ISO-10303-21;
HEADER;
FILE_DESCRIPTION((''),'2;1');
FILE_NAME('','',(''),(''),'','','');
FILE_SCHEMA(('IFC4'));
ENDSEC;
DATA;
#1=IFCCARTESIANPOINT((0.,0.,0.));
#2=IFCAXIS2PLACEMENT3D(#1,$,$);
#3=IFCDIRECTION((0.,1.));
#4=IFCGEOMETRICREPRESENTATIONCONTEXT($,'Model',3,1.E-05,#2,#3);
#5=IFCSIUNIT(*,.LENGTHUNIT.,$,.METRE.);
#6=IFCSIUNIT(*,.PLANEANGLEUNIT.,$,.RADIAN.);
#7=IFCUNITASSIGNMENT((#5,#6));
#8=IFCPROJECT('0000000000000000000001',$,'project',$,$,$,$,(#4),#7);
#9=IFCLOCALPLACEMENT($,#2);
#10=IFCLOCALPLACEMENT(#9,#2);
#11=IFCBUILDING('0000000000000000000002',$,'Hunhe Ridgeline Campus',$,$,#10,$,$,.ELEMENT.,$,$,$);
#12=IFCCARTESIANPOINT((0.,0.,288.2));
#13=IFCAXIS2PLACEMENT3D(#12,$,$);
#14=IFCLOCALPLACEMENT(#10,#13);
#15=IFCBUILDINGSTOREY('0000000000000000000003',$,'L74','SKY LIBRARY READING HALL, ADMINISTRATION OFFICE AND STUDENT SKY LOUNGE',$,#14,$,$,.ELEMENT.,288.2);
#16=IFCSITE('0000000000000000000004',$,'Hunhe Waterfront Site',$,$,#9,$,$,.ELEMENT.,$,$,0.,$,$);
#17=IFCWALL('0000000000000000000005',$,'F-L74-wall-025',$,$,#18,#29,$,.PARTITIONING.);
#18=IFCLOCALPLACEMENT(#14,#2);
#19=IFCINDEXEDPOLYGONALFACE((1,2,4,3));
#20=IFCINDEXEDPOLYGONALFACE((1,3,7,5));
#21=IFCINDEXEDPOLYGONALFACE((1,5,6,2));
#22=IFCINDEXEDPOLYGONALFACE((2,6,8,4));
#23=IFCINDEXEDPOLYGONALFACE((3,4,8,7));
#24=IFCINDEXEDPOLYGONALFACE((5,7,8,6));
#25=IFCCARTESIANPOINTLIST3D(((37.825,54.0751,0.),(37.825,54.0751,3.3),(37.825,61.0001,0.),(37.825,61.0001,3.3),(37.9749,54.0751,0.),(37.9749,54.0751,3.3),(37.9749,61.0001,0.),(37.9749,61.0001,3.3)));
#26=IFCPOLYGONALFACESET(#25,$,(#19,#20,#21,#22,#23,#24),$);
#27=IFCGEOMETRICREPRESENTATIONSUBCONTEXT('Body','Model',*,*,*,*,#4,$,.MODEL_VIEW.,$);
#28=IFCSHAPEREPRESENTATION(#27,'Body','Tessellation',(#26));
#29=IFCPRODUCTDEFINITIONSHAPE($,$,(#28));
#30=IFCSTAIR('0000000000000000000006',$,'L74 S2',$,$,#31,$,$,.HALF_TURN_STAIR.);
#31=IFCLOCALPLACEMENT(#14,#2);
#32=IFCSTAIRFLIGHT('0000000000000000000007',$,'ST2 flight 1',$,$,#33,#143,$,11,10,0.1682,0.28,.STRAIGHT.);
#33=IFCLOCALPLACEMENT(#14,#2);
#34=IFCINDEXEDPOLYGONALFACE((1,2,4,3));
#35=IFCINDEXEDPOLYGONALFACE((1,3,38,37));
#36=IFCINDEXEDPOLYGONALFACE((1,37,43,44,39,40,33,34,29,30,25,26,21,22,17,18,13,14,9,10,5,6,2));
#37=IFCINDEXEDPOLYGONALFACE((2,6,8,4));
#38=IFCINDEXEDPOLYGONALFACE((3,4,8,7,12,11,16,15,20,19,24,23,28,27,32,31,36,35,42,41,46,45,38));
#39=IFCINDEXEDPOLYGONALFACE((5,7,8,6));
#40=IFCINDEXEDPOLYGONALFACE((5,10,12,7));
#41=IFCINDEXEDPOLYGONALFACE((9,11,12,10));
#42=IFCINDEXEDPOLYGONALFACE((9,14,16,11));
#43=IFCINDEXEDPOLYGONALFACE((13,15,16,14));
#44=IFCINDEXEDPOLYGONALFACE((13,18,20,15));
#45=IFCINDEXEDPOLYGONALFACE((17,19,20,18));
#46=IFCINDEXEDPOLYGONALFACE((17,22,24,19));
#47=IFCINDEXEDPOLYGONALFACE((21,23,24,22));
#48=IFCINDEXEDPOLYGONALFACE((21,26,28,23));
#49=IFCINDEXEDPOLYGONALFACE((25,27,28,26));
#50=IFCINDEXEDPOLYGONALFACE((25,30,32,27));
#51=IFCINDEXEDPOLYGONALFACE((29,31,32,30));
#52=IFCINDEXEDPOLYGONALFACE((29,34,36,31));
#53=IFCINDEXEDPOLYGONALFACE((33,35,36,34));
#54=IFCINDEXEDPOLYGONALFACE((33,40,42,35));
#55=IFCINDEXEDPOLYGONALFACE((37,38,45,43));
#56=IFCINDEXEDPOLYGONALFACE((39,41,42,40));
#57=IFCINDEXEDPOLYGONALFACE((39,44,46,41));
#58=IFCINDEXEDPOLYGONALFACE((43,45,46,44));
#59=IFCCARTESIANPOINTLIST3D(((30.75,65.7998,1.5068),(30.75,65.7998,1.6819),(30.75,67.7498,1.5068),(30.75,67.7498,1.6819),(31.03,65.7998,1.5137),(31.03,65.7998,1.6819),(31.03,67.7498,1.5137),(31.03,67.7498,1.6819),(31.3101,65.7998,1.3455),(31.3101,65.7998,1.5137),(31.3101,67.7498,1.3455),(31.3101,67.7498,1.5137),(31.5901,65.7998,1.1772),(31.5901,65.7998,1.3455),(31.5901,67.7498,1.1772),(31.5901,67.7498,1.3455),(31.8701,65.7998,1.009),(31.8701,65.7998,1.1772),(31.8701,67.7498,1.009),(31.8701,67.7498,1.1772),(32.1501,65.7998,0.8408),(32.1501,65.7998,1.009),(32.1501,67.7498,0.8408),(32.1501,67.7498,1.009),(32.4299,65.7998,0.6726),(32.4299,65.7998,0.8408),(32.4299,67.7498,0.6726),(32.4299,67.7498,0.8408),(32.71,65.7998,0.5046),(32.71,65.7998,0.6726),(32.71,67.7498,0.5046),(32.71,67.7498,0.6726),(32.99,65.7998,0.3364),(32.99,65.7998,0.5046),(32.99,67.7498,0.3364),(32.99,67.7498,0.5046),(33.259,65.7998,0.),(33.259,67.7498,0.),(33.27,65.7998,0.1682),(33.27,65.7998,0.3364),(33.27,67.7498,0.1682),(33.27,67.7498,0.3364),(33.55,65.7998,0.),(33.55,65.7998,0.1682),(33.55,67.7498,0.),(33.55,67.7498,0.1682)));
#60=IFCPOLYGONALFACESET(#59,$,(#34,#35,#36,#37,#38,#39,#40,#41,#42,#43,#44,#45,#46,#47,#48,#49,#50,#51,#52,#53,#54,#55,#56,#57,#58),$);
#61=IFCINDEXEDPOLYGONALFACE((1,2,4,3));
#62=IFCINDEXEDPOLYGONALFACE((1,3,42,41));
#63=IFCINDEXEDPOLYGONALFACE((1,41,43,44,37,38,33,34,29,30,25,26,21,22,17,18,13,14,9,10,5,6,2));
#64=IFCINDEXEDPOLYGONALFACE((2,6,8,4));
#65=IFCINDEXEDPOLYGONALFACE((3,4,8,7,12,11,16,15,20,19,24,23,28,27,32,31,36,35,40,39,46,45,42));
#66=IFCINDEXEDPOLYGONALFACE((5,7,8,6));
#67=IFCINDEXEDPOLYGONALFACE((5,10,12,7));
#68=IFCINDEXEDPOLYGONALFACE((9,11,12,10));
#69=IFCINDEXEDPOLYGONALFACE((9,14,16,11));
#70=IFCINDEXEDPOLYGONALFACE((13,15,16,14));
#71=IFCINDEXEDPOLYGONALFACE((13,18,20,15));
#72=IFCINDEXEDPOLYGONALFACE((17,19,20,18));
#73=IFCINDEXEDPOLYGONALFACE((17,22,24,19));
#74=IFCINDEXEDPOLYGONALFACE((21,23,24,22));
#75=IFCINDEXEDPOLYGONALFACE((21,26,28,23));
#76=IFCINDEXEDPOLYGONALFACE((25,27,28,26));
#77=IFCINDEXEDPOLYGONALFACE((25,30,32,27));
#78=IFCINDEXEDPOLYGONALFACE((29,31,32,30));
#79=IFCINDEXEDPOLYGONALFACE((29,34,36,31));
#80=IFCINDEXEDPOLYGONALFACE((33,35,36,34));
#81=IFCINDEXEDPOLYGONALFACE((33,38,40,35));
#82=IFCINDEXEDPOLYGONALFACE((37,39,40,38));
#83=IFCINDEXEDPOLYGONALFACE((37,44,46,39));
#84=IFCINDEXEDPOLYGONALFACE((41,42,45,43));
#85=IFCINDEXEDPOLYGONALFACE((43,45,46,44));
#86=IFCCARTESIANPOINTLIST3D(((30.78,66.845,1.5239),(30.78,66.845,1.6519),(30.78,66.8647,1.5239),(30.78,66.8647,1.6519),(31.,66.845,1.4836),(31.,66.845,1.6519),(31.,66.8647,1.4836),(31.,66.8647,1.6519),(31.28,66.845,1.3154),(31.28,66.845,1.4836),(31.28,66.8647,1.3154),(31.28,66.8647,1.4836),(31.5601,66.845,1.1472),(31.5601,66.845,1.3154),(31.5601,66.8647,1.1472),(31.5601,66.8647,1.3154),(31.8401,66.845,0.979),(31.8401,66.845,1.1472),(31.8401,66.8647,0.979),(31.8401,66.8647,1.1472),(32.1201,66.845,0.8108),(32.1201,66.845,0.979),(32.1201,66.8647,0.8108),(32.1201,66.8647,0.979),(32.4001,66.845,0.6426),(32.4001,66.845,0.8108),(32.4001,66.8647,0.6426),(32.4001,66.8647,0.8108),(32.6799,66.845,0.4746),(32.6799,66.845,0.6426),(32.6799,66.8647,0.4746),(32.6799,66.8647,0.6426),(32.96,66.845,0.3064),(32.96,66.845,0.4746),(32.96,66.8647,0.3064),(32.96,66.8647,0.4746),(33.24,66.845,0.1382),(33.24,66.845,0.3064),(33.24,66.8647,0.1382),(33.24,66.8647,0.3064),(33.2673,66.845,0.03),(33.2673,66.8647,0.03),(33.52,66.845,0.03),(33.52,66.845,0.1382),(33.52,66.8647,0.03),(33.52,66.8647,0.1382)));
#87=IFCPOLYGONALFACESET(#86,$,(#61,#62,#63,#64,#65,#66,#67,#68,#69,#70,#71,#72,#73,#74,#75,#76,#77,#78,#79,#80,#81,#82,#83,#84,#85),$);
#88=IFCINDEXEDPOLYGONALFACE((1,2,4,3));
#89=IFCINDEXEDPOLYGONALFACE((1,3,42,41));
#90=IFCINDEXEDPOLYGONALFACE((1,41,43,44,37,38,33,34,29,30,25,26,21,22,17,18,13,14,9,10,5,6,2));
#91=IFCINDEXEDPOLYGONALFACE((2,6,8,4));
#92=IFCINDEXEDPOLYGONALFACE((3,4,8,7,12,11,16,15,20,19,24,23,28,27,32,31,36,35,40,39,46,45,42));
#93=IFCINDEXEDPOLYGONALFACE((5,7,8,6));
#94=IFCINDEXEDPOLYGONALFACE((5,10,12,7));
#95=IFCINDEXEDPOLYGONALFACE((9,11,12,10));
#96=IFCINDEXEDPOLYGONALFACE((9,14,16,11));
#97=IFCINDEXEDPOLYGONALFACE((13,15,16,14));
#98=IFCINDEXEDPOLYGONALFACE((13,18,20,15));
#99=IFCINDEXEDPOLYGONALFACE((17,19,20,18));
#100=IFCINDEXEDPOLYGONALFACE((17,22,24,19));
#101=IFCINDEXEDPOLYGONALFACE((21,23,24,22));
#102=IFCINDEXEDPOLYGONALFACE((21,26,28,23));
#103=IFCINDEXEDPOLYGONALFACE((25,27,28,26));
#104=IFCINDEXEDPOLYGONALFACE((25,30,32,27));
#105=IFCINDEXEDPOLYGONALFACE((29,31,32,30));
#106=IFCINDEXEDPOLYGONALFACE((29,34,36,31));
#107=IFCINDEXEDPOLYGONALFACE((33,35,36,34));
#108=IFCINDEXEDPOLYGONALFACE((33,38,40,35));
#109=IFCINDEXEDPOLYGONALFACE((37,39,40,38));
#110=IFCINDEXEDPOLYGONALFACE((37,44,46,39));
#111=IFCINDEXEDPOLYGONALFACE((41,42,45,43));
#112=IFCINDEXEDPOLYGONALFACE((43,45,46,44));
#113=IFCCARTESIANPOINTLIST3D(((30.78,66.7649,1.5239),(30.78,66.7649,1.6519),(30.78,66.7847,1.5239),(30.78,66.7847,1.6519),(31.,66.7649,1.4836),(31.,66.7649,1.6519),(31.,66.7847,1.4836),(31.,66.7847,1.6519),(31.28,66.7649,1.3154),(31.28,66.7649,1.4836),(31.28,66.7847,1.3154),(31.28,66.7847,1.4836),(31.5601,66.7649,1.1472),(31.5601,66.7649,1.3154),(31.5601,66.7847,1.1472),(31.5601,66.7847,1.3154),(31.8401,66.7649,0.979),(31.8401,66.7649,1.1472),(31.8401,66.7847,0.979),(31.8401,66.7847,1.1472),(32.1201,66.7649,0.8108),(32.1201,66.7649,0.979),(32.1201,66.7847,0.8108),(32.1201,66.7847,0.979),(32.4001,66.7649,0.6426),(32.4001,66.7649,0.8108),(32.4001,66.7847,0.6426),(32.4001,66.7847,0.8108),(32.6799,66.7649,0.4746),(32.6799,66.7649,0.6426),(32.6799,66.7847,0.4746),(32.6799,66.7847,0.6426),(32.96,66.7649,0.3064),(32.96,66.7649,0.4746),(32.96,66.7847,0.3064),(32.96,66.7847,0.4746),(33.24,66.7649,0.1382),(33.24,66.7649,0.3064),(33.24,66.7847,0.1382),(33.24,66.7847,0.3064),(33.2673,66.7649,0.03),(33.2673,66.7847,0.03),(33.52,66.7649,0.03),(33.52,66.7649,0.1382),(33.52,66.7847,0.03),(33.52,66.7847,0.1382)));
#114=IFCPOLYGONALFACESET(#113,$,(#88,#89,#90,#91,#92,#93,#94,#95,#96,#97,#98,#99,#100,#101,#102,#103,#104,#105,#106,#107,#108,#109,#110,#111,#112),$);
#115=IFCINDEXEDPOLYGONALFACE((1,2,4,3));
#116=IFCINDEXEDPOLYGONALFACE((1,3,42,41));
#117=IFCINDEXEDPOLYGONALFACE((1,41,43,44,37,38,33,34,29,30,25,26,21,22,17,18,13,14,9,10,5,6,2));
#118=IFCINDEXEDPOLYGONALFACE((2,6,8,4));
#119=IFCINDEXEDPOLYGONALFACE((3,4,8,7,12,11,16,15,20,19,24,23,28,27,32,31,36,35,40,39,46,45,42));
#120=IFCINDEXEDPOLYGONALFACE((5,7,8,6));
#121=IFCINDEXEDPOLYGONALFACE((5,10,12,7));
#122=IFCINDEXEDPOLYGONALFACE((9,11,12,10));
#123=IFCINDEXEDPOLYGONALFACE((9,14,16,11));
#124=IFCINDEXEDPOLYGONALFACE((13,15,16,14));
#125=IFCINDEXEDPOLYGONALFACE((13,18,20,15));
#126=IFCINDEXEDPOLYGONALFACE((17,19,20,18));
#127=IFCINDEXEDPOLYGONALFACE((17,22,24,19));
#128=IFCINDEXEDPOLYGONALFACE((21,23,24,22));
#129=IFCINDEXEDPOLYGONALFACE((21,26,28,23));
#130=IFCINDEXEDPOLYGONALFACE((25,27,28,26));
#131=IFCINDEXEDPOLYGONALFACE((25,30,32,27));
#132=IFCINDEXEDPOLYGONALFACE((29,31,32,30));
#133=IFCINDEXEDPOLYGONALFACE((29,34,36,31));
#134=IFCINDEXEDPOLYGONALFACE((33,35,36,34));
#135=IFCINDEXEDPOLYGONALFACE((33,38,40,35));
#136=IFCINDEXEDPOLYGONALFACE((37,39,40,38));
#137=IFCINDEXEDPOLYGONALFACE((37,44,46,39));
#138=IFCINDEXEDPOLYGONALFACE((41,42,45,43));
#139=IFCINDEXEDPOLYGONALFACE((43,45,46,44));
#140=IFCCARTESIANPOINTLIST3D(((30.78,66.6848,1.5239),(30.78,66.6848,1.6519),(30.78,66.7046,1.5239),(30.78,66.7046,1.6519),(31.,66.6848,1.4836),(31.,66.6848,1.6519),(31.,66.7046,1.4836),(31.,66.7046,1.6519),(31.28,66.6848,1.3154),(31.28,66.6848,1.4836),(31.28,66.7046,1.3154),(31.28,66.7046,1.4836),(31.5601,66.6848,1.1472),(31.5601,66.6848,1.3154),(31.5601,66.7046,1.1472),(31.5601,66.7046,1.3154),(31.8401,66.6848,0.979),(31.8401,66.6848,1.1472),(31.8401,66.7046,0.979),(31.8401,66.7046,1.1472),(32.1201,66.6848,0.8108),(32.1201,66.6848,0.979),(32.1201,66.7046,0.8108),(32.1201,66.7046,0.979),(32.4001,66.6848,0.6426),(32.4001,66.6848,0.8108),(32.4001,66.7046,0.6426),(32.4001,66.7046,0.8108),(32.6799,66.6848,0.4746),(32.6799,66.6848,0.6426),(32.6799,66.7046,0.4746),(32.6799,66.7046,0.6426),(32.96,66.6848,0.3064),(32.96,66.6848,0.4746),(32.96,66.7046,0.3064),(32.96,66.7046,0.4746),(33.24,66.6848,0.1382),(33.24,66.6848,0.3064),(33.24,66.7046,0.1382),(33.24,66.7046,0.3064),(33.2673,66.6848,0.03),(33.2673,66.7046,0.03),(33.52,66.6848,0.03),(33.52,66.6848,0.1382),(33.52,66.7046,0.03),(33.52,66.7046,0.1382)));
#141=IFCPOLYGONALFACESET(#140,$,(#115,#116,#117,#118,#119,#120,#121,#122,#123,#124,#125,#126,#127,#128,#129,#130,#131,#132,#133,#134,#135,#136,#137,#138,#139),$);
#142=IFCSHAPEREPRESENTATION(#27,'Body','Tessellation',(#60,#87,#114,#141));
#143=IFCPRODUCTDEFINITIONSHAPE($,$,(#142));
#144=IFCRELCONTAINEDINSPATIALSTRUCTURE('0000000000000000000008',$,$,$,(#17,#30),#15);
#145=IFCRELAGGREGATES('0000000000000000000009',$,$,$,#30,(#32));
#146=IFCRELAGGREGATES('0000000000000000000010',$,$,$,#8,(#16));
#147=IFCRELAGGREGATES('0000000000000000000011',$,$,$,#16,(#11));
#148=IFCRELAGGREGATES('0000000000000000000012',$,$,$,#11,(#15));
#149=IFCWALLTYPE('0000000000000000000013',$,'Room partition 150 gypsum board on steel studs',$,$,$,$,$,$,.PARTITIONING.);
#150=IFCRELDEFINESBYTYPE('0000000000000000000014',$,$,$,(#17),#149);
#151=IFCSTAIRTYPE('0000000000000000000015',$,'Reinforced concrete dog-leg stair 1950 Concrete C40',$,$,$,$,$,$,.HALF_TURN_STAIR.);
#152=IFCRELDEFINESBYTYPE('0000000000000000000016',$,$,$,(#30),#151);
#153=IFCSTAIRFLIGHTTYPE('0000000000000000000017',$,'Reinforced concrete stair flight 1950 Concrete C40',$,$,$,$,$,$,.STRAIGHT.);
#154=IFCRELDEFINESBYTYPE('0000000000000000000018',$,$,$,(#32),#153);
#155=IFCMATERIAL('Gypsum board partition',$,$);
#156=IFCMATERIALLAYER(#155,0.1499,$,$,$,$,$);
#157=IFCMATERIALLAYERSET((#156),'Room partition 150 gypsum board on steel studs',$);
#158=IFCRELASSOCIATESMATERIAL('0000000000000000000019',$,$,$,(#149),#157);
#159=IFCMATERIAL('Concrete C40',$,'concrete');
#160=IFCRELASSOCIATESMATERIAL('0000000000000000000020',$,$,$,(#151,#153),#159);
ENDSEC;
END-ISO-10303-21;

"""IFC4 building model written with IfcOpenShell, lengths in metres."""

from ifc_helpers import new_model, si_unit, direction, frame, frame_2d, origin, place, context, subcontext, project, spatial, polyline, rectangle, outline, extrude, material, layer, layer_set, type_object, element, aggregate, save


model = new_model("IFC4")

# Units and contexts
model_context = context("Model", 3, precision=1e-05, world=origin(), true_north=direction((0.0, 1.0)))
body_context = subcontext(model_context, "Body", "Model", "MODEL_VIEW")
ifc_project = project(units=[si_unit("LENGTHUNIT", "METRE"), si_unit("PLANEANGLEUNIT", "RADIAN")], contexts=[model_context])

# Site, building, storey
site_placement = place(None, origin())
site = spatial("IfcSite", under=ifc_project, at=site_placement, Name="Hunhe Waterfront Site", CompositionType="ELEMENT", RefElevation=0.0)
building_placement = place(site_placement, origin())
building = spatial("IfcBuilding", under=site, at=building_placement, Name="Hunhe Ridgeline Campus", CompositionType="ELEMENT")
storey_placement = place(building_placement, frame((0.0, 0.0, 288.2)))
storey = spatial("IfcBuildingStorey", under=building, at=storey_placement, Name="L74", Description="SKY LIBRARY READING HALL, ADMINISTRATION OFFICE AND STUDENT SKY LOUNGE", CompositionType="ELEMENT", Elevation=288.2)

# Shared definitions
ifc_material_1 = material(Name="Gypsum board partition")

# Wall
ifc_layer_1 = layer(ifc_material_1, 0.1499)
ifc_layer_set_1 = layer_set([ifc_layer_1], Name="Room partition 150 gypsum board on steel studs")
wall_type_1 = type_object("IfcWallType", Name="Room partition 150 gypsum board on steel studs", PredefinedType="PARTITIONING", material=ifc_layer_set_1)
wall_1_placement = place(storey_placement, frame((37.8999, 61.0, 0.0), z_axis=(0.0, 0.0, 1.0), x_axis=(0.0, -1.0, 0.0)))
element("IfcWall", 1, at=wall_1_placement, inside=storey, type_object=wall_type_1, Name="F-L74-wall-025", PredefinedType="PARTITIONING", context=body_context, shape_type="SweptSolid", body=[
    extrude(rectangle(XDim=6.925, YDim=0.1499, at=frame_2d((3.4624, 0.0))), origin(), (0.0, 0.0, 1.0), 3.3),
])

# Stair, stair flight
ifc_material_2 = material(Name="Concrete C40", Category="concrete")
stair_type = type_object("IfcStairType", Name="Reinforced concrete dog-leg stair 1950 Concrete C40", PredefinedType="HALF_TURN_STAIR", material=ifc_material_2)
stair_placement = place(storey_placement, origin())
stair = element("IfcStair", 2, at=stair_placement, inside=storey, type_object=stair_type, Name="L74 S2", PredefinedType="HALF_TURN_STAIR")
stair_flight_type = type_object("IfcStairFlightType", Name="Reinforced concrete stair flight 1950 Concrete C40", PredefinedType="STRAIGHT", material=ifc_material_2)
stair_flight_placement = place(storey_placement, frame((33.55, 66.7749, 0.0), z_axis=(0.0, 0.0, 1.0), x_axis=(-1.0, 0.0, 0.0)))
stair_flight = element("IfcStairFlight", 3, at=stair_flight_placement, type_object=stair_flight_type, Name="ST2 flight 1", NumberOfRisers=11, NumberOfTreads=10, PredefinedType="STRAIGHT", RiserHeight=0.1682, TreadLength=0.28, context=body_context, shape_type="SweptSolid", body=[
    extrude(outline(polyline([(0.0, 0.0), (0.0, 0.1682), (0.28, 0.1682), (0.28, 0.3364), (0.5601, 0.3364), (0.5601, 0.5046), (0.8401, 0.5046), (0.8401, 0.6726), (1.1201, 0.6726), (1.1201, 0.8408), (1.3999, 0.8408), (1.3999, 1.009), (1.6799, 1.009), (1.6799, 1.1772), (1.96, 1.1772), (1.96, 1.3455), (2.24, 1.3455), (2.24, 1.5137), (2.52, 1.5137), (2.52, 1.6819), (2.8, 1.6819), (2.8, 1.8501), (2.8, 1.5068), (0.291, 0.0), (0.0, 0.0)])), frame((0.0, 0.9751, 0.0), z_axis=(0.0, -1.0, 0.0), x_axis=(1.0, 0.0, 0.0)), (0.0, 0.0, 1.0), 1.95),
    extrude(outline(polyline([(0.03, 0.03), (0.03, 0.1382), (0.3101, 0.1382), (0.3101, 0.3064), (0.5901, 0.3064), (0.5901, 0.4746), (0.8701, 0.4746), (0.8701, 0.6426), (1.1499, 0.6426), (1.1499, 0.8108), (1.4299, 0.8108), (1.4299, 0.979), (1.71, 0.979), (1.71, 1.1472), (1.99, 1.1472), (1.99, 1.3154), (2.27, 1.3154), (2.27, 1.4836), (2.55, 1.4836), (2.55, 1.6519), (2.77, 1.6519), (2.77, 1.5239), (0.2827, 0.03), (0.03, 0.03)])), frame((0.0, -0.0701, 0.0), z_axis=(0.0, -1.0, 0.0), x_axis=(1.0, 0.0, 0.0)), (0.0, 0.0, 1.0), 0.0198),
    extrude(outline(polyline([(0.03, 0.03), (0.03, 0.1382), (0.3101, 0.1382), (0.3101, 0.3064), (0.5901, 0.3064), (0.5901, 0.4746), (0.8701, 0.4746), (0.8701, 0.6426), (1.1499, 0.6426), (1.1499, 0.8108), (1.4299, 0.8108), (1.4299, 0.979), (1.71, 0.979), (1.71, 1.1472), (1.99, 1.1472), (1.99, 1.3154), (2.27, 1.3154), (2.27, 1.4836), (2.55, 1.4836), (2.55, 1.6519), (2.77, 1.6519), (2.77, 1.5239), (0.2827, 0.03), (0.03, 0.03)])), frame((0.0, 0.01, 0.0), z_axis=(0.0, -1.0, 0.0), x_axis=(1.0, 0.0, 0.0)), (0.0, 0.0, 1.0), 0.0198),
    extrude(outline(polyline([(0.03, 0.03), (0.03, 0.1382), (0.3101, 0.1382), (0.3101, 0.3064), (0.5901, 0.3064), (0.5901, 0.4746), (0.8701, 0.4746), (0.8701, 0.6426), (1.1499, 0.6426), (1.1499, 0.8108), (1.4299, 0.8108), (1.4299, 0.979), (1.71, 0.979), (1.71, 1.1472), (1.99, 1.1472), (1.99, 1.3154), (2.27, 1.3154), (2.27, 1.4836), (2.55, 1.4836), (2.55, 1.6519), (2.77, 1.6519), (2.77, 1.5239), (0.2827, 0.03), (0.03, 0.03)])), frame((0.0, 0.0901, 0.0), z_axis=(0.0, -1.0, 0.0), x_axis=(1.0, 0.0, 0.0)), (0.0, 0.0, 1.0), 0.0198),
])
aggregate(stair, [stair_flight])

save(model, "model.ifc")
